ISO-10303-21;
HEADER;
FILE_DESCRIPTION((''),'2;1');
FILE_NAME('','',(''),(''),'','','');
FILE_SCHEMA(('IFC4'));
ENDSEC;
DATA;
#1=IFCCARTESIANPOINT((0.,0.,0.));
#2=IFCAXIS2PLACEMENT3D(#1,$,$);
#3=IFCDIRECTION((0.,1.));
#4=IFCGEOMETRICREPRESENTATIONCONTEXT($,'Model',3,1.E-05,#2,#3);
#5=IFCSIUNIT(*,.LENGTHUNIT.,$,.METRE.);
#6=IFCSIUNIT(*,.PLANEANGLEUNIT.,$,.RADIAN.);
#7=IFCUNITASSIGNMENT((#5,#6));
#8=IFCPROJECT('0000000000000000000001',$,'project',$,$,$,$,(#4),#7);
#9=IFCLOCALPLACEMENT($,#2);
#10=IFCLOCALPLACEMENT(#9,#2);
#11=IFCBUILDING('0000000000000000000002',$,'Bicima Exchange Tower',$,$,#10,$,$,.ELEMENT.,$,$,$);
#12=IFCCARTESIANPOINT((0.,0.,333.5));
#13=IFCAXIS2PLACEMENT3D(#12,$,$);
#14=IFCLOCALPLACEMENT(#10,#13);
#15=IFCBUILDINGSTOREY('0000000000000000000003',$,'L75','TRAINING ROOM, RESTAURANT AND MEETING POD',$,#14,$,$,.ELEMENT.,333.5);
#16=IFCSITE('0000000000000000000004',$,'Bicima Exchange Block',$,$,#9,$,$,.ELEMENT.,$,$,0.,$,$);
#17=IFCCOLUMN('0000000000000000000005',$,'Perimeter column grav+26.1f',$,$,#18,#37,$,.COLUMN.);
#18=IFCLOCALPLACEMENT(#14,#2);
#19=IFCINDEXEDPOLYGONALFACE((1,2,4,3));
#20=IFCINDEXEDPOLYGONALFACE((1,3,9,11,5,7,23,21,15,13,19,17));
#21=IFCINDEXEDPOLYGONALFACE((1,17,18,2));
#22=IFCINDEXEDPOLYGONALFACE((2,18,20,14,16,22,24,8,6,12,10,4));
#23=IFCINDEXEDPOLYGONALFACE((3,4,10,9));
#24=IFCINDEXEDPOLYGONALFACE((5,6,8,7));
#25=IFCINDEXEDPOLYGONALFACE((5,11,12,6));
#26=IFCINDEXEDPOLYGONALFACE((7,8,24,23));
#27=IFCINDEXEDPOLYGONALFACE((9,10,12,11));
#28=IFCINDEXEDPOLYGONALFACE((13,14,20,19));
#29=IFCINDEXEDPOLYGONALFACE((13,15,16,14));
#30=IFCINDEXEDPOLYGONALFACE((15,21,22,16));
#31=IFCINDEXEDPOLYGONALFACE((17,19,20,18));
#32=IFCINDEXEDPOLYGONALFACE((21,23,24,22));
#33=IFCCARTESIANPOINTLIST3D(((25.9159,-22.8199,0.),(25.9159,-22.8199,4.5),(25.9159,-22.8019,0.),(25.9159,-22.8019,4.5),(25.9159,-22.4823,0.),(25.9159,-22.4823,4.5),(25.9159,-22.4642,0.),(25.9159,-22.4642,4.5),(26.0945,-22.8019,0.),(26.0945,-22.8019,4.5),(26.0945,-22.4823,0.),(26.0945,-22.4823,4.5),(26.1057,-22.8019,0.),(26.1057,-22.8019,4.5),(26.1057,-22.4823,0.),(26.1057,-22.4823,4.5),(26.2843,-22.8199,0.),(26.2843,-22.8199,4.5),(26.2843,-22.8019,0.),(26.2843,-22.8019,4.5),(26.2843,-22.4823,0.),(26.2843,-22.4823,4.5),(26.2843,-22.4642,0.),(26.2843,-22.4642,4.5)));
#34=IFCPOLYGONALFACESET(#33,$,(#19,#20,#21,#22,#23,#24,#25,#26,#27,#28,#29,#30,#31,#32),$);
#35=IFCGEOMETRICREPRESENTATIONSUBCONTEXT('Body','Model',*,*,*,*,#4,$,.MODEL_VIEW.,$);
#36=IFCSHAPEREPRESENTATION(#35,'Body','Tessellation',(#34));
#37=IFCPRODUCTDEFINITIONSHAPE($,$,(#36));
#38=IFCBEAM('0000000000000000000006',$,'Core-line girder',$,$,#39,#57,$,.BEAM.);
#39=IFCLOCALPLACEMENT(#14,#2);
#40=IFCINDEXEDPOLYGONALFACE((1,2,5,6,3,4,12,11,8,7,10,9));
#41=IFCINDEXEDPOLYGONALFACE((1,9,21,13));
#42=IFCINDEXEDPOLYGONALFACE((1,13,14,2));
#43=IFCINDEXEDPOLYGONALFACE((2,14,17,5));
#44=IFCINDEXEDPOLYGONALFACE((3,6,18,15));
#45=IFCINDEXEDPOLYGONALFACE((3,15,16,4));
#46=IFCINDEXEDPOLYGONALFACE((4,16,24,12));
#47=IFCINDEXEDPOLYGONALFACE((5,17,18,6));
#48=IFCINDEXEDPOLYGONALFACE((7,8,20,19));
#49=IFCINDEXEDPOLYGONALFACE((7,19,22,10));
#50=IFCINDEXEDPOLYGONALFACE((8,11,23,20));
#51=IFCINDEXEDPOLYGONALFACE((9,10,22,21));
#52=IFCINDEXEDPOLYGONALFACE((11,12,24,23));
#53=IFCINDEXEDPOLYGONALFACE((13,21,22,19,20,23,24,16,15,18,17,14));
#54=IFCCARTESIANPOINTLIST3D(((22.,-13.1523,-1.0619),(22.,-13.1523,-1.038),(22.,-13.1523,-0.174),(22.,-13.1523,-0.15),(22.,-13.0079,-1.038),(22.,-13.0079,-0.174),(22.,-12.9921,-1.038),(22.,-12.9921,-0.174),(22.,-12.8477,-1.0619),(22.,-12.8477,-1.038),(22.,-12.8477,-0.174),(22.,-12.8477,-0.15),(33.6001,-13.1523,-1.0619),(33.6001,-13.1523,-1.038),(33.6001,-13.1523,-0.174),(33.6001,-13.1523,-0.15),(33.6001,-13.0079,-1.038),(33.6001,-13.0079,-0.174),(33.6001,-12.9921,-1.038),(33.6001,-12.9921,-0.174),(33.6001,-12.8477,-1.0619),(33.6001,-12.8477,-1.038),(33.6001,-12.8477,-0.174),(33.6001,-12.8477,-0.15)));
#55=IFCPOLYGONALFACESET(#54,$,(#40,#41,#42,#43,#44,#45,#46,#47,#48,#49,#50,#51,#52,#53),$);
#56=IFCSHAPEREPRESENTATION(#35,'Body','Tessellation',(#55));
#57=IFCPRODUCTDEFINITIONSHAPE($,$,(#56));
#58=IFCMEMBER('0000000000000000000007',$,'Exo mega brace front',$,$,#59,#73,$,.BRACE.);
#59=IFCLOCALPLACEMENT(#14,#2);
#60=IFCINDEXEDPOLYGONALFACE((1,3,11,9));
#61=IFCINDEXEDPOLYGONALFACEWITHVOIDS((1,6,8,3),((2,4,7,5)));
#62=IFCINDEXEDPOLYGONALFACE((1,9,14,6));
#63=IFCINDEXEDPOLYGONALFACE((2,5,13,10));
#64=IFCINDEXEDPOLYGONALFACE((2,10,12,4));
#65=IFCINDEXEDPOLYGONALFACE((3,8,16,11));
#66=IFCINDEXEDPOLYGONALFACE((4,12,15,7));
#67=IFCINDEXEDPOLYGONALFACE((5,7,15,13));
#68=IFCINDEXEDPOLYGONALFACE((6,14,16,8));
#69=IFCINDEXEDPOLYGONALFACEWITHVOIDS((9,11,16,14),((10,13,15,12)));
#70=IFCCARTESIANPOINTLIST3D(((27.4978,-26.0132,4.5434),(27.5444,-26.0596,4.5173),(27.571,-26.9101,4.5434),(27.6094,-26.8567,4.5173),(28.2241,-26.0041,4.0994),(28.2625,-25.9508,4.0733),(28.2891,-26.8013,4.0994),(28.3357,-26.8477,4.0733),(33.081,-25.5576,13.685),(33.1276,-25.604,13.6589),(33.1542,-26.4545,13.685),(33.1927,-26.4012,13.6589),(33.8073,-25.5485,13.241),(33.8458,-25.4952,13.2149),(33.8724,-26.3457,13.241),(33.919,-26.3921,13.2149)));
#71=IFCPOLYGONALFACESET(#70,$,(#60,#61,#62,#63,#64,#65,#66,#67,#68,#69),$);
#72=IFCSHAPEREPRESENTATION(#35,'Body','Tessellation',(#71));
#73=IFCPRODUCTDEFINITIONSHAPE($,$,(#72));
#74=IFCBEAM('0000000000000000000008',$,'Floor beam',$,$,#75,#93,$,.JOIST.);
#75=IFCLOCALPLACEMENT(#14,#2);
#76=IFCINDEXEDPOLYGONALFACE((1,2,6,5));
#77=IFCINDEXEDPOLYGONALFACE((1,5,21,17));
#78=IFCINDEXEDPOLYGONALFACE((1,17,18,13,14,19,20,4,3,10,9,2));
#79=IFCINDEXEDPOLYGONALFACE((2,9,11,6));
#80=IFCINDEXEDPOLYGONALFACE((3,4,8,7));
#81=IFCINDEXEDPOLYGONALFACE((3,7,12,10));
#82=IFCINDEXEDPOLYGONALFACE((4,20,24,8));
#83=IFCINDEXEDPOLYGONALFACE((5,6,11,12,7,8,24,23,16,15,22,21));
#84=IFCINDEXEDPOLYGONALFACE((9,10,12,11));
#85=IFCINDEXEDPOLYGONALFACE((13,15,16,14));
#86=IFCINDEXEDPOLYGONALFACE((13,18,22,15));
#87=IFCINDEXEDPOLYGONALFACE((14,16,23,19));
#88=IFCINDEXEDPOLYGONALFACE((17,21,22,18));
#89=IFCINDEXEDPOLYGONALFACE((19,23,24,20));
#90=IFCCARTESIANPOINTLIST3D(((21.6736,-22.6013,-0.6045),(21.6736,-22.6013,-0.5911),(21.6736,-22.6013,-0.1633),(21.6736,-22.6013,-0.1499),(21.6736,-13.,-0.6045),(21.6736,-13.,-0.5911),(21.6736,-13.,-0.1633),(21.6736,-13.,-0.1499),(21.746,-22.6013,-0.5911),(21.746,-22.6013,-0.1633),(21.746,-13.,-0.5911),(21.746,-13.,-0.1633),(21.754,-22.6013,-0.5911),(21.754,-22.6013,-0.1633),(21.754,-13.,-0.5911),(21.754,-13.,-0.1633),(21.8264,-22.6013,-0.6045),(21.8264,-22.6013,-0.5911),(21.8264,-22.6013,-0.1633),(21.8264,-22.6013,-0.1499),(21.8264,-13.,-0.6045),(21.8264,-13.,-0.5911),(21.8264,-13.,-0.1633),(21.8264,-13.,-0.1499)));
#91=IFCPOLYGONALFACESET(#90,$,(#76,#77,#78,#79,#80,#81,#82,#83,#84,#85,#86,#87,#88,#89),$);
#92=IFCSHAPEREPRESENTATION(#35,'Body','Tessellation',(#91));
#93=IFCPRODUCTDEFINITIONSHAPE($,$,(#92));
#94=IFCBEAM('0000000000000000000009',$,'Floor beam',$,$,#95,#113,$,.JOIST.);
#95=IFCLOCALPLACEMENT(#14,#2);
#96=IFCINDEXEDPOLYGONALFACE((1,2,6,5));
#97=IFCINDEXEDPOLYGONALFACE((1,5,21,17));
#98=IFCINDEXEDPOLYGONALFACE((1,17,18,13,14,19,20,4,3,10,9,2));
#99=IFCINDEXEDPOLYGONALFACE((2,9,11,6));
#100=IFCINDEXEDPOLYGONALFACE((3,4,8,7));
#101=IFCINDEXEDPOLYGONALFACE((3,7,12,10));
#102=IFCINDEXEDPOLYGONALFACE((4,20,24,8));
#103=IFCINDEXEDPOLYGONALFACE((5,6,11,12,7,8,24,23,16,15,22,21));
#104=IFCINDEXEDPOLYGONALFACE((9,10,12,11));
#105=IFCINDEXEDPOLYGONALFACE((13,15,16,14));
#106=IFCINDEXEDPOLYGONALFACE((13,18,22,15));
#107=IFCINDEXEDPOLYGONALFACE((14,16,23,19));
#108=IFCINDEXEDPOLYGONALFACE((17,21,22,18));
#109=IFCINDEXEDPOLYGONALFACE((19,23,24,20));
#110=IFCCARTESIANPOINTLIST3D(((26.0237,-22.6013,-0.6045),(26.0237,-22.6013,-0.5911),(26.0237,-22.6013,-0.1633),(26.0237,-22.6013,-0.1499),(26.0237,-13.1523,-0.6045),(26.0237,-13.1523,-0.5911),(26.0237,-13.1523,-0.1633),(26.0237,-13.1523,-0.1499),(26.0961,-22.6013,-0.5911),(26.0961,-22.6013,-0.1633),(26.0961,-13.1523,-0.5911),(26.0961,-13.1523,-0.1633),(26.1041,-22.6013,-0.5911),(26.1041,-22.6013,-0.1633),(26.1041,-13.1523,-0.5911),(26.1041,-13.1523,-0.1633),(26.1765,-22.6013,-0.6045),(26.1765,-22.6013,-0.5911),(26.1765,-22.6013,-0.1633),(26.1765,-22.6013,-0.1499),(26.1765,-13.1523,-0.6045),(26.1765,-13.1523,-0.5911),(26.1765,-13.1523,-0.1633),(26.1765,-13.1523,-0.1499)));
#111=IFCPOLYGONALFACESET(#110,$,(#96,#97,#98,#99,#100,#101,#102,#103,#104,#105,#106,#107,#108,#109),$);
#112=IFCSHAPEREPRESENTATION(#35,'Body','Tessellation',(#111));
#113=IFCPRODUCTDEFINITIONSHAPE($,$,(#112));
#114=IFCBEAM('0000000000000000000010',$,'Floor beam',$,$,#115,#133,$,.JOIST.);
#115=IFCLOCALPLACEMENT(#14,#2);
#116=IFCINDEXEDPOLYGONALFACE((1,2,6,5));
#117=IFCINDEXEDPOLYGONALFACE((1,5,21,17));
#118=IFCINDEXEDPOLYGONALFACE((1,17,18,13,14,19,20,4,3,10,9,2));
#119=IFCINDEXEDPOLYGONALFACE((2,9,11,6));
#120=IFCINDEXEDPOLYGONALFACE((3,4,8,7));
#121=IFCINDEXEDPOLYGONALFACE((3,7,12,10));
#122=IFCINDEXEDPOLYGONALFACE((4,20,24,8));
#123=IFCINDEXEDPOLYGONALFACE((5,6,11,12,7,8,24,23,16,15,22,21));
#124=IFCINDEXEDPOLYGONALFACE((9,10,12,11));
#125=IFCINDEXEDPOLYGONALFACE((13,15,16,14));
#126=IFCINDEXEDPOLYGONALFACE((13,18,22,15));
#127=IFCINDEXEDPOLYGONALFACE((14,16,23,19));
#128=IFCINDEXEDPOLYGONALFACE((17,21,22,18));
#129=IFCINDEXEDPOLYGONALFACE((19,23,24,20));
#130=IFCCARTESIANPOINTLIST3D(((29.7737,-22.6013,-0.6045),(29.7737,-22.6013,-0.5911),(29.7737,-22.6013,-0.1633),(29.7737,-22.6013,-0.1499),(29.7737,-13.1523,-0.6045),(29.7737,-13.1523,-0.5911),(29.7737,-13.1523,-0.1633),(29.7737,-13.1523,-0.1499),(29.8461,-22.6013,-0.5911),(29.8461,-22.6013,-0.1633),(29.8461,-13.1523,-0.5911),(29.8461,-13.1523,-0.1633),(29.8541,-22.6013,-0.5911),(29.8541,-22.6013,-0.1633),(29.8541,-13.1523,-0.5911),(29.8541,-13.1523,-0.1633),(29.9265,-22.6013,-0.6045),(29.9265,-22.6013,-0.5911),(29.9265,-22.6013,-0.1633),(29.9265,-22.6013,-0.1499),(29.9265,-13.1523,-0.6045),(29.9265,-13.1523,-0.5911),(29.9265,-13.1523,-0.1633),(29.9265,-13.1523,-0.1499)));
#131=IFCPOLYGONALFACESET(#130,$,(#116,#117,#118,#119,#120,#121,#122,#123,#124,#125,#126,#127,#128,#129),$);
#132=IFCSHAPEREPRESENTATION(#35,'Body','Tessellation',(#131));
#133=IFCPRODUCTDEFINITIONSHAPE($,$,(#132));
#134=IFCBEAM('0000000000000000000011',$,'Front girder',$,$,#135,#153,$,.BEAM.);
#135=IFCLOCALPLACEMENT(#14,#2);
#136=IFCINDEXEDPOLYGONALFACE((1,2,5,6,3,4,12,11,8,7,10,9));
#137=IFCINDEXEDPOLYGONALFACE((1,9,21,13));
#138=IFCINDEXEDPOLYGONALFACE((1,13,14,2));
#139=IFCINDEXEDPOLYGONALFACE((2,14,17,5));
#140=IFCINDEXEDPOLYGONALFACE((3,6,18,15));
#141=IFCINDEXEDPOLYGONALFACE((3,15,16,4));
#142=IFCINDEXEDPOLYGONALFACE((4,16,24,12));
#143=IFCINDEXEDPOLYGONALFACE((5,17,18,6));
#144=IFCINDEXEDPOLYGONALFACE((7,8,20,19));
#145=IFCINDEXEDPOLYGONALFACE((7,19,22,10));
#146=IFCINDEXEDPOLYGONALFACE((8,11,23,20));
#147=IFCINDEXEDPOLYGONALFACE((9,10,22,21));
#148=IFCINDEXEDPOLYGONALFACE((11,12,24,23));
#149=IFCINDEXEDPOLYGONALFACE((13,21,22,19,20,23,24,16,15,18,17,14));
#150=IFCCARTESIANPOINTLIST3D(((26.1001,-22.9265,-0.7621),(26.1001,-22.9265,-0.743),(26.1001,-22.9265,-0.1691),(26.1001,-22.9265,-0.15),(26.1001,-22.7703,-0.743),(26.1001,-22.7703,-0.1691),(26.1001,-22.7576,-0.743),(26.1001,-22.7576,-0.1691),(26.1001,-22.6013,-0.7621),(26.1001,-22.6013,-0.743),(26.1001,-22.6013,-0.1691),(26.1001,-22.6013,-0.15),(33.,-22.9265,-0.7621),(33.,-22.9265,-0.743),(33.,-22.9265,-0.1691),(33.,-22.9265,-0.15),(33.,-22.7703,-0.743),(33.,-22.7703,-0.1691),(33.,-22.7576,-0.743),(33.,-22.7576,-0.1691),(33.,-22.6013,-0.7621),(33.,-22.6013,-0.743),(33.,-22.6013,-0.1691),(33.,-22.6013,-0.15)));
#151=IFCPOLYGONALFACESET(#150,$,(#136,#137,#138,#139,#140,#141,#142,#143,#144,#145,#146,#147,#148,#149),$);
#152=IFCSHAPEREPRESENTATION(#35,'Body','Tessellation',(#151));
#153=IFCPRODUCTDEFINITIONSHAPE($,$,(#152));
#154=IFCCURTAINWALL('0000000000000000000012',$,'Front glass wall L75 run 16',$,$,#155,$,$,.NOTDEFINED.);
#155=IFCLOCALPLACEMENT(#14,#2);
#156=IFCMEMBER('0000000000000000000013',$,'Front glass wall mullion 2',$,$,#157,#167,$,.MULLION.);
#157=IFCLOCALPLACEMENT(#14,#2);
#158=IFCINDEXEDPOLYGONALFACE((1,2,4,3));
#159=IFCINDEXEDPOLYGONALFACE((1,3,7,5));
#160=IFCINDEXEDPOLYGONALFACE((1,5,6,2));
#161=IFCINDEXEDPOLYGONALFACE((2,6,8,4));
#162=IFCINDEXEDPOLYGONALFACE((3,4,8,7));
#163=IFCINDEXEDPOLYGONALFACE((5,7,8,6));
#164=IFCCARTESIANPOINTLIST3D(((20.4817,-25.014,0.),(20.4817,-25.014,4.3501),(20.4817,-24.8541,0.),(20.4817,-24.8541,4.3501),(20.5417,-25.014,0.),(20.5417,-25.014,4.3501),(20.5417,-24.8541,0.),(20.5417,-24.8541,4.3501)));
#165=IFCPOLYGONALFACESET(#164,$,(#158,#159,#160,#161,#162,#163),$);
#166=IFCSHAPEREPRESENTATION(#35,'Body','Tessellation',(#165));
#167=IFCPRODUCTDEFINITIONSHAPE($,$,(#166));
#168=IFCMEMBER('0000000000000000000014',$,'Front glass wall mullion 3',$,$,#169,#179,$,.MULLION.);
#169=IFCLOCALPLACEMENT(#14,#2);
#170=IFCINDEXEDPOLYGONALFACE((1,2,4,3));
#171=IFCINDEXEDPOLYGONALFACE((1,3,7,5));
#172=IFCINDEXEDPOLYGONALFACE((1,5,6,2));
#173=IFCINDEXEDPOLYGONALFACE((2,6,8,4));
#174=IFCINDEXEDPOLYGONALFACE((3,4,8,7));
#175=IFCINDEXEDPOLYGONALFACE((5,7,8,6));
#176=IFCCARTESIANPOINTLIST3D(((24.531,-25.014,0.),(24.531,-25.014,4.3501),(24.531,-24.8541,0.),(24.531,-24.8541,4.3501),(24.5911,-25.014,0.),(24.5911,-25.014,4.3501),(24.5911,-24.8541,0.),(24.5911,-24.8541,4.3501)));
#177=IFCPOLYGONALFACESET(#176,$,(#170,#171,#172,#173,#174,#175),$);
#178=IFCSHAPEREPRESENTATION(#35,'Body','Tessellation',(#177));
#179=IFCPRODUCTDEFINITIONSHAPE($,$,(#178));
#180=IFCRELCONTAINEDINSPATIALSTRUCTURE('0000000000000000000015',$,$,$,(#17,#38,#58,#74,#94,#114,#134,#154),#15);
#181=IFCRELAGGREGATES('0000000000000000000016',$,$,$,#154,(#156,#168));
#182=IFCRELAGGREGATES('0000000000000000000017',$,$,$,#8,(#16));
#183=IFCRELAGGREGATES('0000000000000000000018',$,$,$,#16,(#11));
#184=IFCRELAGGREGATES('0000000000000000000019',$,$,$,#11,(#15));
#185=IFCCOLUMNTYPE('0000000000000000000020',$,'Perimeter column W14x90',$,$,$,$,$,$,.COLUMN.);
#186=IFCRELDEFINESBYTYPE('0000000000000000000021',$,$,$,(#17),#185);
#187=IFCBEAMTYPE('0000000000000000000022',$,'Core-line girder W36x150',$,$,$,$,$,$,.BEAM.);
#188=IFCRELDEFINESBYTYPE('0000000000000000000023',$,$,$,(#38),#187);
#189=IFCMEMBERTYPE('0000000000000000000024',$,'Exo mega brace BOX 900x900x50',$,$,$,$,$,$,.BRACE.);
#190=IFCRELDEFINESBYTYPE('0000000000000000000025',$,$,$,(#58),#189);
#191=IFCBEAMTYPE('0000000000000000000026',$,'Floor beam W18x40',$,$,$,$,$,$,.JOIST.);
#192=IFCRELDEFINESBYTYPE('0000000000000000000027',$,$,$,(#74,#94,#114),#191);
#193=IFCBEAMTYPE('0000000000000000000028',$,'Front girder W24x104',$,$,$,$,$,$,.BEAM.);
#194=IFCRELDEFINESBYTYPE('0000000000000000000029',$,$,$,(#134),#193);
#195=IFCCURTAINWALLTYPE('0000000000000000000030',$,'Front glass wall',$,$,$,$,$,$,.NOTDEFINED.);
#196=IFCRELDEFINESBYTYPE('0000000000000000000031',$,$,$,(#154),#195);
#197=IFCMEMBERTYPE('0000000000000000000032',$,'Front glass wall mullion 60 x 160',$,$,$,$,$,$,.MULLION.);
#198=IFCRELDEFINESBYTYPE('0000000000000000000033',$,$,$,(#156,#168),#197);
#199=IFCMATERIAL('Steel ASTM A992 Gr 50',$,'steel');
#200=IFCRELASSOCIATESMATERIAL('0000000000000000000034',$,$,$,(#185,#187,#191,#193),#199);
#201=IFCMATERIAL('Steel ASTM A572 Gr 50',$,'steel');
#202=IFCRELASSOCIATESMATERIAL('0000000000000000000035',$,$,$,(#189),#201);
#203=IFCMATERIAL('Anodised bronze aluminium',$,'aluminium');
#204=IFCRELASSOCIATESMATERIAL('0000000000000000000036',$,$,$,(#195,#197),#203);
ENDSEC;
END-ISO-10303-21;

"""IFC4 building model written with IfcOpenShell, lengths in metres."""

from ifc_helpers import new_model, si_unit, direction, frame, origin, origin_2d, place, context, subcontext, project, spatial, rectangle, hollow_rectangle, i_section, extrude, material, material_profile, profile_set, type_object, element, aggregate, save


model = new_model("IFC4")

# Units and contexts
model_context = context("Model", 3, precision=1e-05, world=origin(), true_north=direction((0.0, 1.0)))
body_context = subcontext(model_context, "Body", "Model", "MODEL_VIEW")
ifc_project = project(units=[si_unit("LENGTHUNIT", "METRE"), si_unit("PLANEANGLEUNIT", "RADIAN")], contexts=[model_context])

# Site, building, storey
site_placement = place(None, origin())
site = spatial("IfcSite", under=ifc_project, at=site_placement, Name="Bicima Exchange Block", CompositionType="ELEMENT", RefElevation=0.0)
building_placement = place(site_placement, origin())
building = spatial("IfcBuilding", under=site, at=building_placement, Name="Bicima Exchange Tower", CompositionType="ELEMENT")
storey_placement = place(building_placement, frame((0.0, 0.0, 333.5)))
storey = spatial("IfcBuildingStorey", under=building, at=storey_placement, Name="L75", Description="TRAINING ROOM, RESTAURANT AND MEETING POD", CompositionType="ELEMENT", Elevation=333.5)

# Column
ifc_material_1 = material(Name="Steel ASTM A992 Gr 50", Category="steel")
ifc_material_profile_1 = material_profile(ifc_material_1, i_section(OverallWidth=0.3684, OverallDepth=0.3557, WebThickness=0.0112, FlangeThickness=0.0181, at=origin_2d()))
ifc_profile_set_1 = profile_set([ifc_material_profile_1], Name="Steel ASTM A992 Gr 50")
column_type = type_object("IfcColumnType", Name="Perimeter column W14x90", PredefinedType="COLUMN", material=ifc_profile_set_1)
column_placement = place(storey_placement, frame((26.1001, -22.6421, 0.0), z_axis=(0.0, 0.0, 1.0), x_axis=(1.0, 0.0, 0.0)))
element("IfcColumn", 1, at=column_placement, inside=storey, type_object=column_type, Name="Perimeter column grav+26.1f", PredefinedType="COLUMN", context=body_context, shape_type="SweptSolid", body=[
    extrude(i_section(OverallWidth=0.3684, OverallDepth=0.3557, WebThickness=0.0112, FlangeThickness=0.0181, at=origin_2d()), origin(), (0.0, 0.0, 1.0), 4.5),
])

# Beam
ifc_material_profile_2 = material_profile(ifc_material_1, i_section(OverallWidth=0.3047, OverallDepth=0.9119, WebThickness=0.0159, FlangeThickness=0.0239, at=origin_2d()))
ifc_profile_set_2 = profile_set([ifc_material_profile_2], Name="Steel ASTM A992 Gr 50")
beam_type_1 = type_object("IfcBeamType", Name="Core-line girder W36x150", PredefinedType="BEAM", material=ifc_profile_set_2)
beam_1_placement = place(storey_placement, frame((22.0, -13.0, -0.606), z_axis=(1.0, 0.0, 0.0), x_axis=(0.0, 1.0, 0.0)))
element("IfcBeam", 2, at=beam_1_placement, inside=storey, type_object=beam_type_1, Name="Core-line girder", PredefinedType="BEAM", context=body_context, shape_type="SweptSolid", body=[
    extrude(i_section(OverallWidth=0.3047, OverallDepth=0.9119, WebThickness=0.0159, FlangeThickness=0.0239, at=origin_2d()), origin(), (0.0, 0.0, 1.0), 11.6001),
])

# Member
ifc_material_2 = material(Name="Steel ASTM A572 Gr 50", Category="steel")
ifc_material_profile_3 = material_profile(ifc_material_2, hollow_rectangle(XDim=0.8999, YDim=0.8999, WallThickness=0.05, at=origin_2d()))
ifc_profile_set_3 = profile_set([ifc_material_profile_3], Name="Steel ASTM A572 Gr 50")
member_type_1 = type_object("IfcMemberType", Name="Exo mega brace BOX 900x900x50", PredefinedType="BRACE", material=ifc_profile_set_3)
member_1_placement = place(storey_placement, frame((27.9167, -26.4304, 4.3083), z_axis=(0.520756, 0.042491, 0.852647), x_axis=(-0.081325, 0.996688, 0.0)))
element("IfcMember", 3, at=member_1_placement, inside=storey, type_object=member_type_1, Name="Exo mega brace front", PredefinedType="BRACE", context=body_context, shape_type="SweptSolid", body=[
    extrude(hollow_rectangle(XDim=0.8999, YDim=0.8999, WallThickness=0.05, at=origin_2d()), origin(), (0.0, 0.0, 1.0), 10.7214),
])

# Beams
ifc_material_profile_4 = material_profile(ifc_material_1, i_section(OverallWidth=0.1528, OverallDepth=0.4546, WebThickness=0.0081, FlangeThickness=0.0134, at=origin_2d()))
ifc_profile_set_4 = profile_set([ifc_material_profile_4], Name="Steel ASTM A992 Gr 50")
beam_type_2 = type_object("IfcBeamType", Name="Floor beam W18x40", PredefinedType="JOIST", material=ifc_profile_set_4)
beam_2_placement = place(storey_placement, frame((21.75, -13.0, -0.3772), z_axis=(0.0, -1.0, 0.0), x_axis=(1.0, 0.0, 0.0)))
element("IfcBeam", 4, at=beam_2_placement, inside=storey, type_object=beam_type_2, Name="Floor beam", PredefinedType="JOIST", context=body_context, shape_type="SweptSolid", body=[
    extrude(i_section(OverallWidth=0.1528, OverallDepth=0.4546, WebThickness=0.0081, FlangeThickness=0.0134, at=origin_2d()), origin(), (0.0, 0.0, 1.0), 9.6013),
])
for number, where, z_axis, x_axis, name in (
    (5, (26.1001, -13.1523, -0.3772), (0.0, -1.0, 0.0), (1.0, 0.0, 0.0), "Floor beam"),
    (6, (29.8501, -13.1523, -0.3772), (0.0, -1.0, 0.0), (1.0, 0.0, 0.0), "Floor beam"),
):
    element("IfcBeam", number, at=place(storey_placement, frame(where, z_axis=z_axis, x_axis=x_axis)), inside=storey, type_object=beam_type_2, Name=name, PredefinedType="JOIST", context=body_context, shape_type="SweptSolid", body=[
        extrude(i_section(OverallWidth=0.1528, OverallDepth=0.4546, WebThickness=0.0081, FlangeThickness=0.0134, at=origin_2d()), origin(), (0.0, 0.0, 1.0), 9.449),
    ])
ifc_material_profile_5 = material_profile(ifc_material_1, i_section(OverallWidth=0.3252, OverallDepth=0.6121, WebThickness=0.0127, FlangeThickness=0.019, at=origin_2d()))
ifc_profile_set_5 = profile_set([ifc_material_profile_5], Name="Steel ASTM A992 Gr 50")
beam_type_3 = type_object("IfcBeamType", Name="Front girder W24x104", PredefinedType="BEAM", material=ifc_profile_set_5)
beam_3_placement = place(storey_placement, frame((26.1001, -22.7639, -0.4561), z_axis=(1.0, 0.0, 0.0), x_axis=(0.0, 1.0, 0.0)))
element("IfcBeam", 7, at=beam_3_placement, inside=storey, type_object=beam_type_3, Name="Front girder", PredefinedType="BEAM", context=body_context, shape_type="SweptSolid", body=[
    extrude(i_section(OverallWidth=0.3252, OverallDepth=0.6121, WebThickness=0.0127, FlangeThickness=0.019, at=origin_2d()), origin(), (0.0, 0.0, 1.0), 6.8999),
])

# Curtain wall, members
ifc_material_3 = material(Name="Anodised bronze aluminium", Category="aluminium")
curtain_wall_type = type_object("IfcCurtainWallType", Name="Front glass wall", PredefinedType="NOTDEFINED", material=ifc_material_3)
curtain_wall_placement = place(storey_placement, origin())
curtain_wall = element("IfcCurtainWall", 8, at=curtain_wall_placement, inside=storey, type_object=curtain_wall_type, Name="Front glass wall L75 run 16", PredefinedType="NOTDEFINED")
ifc_material_profile_6 = material_profile(ifc_material_3, rectangle(XDim=0.1599, YDim=0.0601, at=origin_2d()))
ifc_profile_set_6 = profile_set([ifc_material_profile_6], Name="Anodised bronze aluminium")
member_type_2 = type_object("IfcMemberType", Name="Front glass wall mullion 60 x 160", PredefinedType="MULLION", material=ifc_profile_set_6)
member_2_placement = place(storey_placement, frame((20.5117, -24.9341, 0.0), z_axis=(0.0, 0.0, 1.0), x_axis=(0.0, 1.0, 0.0)))
member_2 = element("IfcMember", 9, at=member_2_placement, type_object=member_type_2, Name="Front glass wall mullion 2", PredefinedType="MULLION", context=body_context, shape_type="SweptSolid", body=[
    extrude(rectangle(XDim=0.1599, YDim=0.0601, at=origin_2d()), origin(), (0.0, 0.0, 1.0), 4.3501),
])
member_3_placement = place(storey_placement, frame((24.561, -24.9341, 0.0), z_axis=(0.0, 0.0, 1.0), x_axis=(0.0, 1.0, 0.0)))
member_3 = element("IfcMember", 10, at=member_3_placement, type_object=member_type_2, Name="Front glass wall mullion 3", PredefinedType="MULLION", context=body_context, shape_type="SweptSolid", body=[
    extrude(rectangle(XDim=0.1599, YDim=0.0601, at=origin_2d()), origin(), (0.0, 0.0, 1.0), 4.3501),
])
aggregate(curtain_wall, [member_2, member_3])

save(model, "model.ifc")
